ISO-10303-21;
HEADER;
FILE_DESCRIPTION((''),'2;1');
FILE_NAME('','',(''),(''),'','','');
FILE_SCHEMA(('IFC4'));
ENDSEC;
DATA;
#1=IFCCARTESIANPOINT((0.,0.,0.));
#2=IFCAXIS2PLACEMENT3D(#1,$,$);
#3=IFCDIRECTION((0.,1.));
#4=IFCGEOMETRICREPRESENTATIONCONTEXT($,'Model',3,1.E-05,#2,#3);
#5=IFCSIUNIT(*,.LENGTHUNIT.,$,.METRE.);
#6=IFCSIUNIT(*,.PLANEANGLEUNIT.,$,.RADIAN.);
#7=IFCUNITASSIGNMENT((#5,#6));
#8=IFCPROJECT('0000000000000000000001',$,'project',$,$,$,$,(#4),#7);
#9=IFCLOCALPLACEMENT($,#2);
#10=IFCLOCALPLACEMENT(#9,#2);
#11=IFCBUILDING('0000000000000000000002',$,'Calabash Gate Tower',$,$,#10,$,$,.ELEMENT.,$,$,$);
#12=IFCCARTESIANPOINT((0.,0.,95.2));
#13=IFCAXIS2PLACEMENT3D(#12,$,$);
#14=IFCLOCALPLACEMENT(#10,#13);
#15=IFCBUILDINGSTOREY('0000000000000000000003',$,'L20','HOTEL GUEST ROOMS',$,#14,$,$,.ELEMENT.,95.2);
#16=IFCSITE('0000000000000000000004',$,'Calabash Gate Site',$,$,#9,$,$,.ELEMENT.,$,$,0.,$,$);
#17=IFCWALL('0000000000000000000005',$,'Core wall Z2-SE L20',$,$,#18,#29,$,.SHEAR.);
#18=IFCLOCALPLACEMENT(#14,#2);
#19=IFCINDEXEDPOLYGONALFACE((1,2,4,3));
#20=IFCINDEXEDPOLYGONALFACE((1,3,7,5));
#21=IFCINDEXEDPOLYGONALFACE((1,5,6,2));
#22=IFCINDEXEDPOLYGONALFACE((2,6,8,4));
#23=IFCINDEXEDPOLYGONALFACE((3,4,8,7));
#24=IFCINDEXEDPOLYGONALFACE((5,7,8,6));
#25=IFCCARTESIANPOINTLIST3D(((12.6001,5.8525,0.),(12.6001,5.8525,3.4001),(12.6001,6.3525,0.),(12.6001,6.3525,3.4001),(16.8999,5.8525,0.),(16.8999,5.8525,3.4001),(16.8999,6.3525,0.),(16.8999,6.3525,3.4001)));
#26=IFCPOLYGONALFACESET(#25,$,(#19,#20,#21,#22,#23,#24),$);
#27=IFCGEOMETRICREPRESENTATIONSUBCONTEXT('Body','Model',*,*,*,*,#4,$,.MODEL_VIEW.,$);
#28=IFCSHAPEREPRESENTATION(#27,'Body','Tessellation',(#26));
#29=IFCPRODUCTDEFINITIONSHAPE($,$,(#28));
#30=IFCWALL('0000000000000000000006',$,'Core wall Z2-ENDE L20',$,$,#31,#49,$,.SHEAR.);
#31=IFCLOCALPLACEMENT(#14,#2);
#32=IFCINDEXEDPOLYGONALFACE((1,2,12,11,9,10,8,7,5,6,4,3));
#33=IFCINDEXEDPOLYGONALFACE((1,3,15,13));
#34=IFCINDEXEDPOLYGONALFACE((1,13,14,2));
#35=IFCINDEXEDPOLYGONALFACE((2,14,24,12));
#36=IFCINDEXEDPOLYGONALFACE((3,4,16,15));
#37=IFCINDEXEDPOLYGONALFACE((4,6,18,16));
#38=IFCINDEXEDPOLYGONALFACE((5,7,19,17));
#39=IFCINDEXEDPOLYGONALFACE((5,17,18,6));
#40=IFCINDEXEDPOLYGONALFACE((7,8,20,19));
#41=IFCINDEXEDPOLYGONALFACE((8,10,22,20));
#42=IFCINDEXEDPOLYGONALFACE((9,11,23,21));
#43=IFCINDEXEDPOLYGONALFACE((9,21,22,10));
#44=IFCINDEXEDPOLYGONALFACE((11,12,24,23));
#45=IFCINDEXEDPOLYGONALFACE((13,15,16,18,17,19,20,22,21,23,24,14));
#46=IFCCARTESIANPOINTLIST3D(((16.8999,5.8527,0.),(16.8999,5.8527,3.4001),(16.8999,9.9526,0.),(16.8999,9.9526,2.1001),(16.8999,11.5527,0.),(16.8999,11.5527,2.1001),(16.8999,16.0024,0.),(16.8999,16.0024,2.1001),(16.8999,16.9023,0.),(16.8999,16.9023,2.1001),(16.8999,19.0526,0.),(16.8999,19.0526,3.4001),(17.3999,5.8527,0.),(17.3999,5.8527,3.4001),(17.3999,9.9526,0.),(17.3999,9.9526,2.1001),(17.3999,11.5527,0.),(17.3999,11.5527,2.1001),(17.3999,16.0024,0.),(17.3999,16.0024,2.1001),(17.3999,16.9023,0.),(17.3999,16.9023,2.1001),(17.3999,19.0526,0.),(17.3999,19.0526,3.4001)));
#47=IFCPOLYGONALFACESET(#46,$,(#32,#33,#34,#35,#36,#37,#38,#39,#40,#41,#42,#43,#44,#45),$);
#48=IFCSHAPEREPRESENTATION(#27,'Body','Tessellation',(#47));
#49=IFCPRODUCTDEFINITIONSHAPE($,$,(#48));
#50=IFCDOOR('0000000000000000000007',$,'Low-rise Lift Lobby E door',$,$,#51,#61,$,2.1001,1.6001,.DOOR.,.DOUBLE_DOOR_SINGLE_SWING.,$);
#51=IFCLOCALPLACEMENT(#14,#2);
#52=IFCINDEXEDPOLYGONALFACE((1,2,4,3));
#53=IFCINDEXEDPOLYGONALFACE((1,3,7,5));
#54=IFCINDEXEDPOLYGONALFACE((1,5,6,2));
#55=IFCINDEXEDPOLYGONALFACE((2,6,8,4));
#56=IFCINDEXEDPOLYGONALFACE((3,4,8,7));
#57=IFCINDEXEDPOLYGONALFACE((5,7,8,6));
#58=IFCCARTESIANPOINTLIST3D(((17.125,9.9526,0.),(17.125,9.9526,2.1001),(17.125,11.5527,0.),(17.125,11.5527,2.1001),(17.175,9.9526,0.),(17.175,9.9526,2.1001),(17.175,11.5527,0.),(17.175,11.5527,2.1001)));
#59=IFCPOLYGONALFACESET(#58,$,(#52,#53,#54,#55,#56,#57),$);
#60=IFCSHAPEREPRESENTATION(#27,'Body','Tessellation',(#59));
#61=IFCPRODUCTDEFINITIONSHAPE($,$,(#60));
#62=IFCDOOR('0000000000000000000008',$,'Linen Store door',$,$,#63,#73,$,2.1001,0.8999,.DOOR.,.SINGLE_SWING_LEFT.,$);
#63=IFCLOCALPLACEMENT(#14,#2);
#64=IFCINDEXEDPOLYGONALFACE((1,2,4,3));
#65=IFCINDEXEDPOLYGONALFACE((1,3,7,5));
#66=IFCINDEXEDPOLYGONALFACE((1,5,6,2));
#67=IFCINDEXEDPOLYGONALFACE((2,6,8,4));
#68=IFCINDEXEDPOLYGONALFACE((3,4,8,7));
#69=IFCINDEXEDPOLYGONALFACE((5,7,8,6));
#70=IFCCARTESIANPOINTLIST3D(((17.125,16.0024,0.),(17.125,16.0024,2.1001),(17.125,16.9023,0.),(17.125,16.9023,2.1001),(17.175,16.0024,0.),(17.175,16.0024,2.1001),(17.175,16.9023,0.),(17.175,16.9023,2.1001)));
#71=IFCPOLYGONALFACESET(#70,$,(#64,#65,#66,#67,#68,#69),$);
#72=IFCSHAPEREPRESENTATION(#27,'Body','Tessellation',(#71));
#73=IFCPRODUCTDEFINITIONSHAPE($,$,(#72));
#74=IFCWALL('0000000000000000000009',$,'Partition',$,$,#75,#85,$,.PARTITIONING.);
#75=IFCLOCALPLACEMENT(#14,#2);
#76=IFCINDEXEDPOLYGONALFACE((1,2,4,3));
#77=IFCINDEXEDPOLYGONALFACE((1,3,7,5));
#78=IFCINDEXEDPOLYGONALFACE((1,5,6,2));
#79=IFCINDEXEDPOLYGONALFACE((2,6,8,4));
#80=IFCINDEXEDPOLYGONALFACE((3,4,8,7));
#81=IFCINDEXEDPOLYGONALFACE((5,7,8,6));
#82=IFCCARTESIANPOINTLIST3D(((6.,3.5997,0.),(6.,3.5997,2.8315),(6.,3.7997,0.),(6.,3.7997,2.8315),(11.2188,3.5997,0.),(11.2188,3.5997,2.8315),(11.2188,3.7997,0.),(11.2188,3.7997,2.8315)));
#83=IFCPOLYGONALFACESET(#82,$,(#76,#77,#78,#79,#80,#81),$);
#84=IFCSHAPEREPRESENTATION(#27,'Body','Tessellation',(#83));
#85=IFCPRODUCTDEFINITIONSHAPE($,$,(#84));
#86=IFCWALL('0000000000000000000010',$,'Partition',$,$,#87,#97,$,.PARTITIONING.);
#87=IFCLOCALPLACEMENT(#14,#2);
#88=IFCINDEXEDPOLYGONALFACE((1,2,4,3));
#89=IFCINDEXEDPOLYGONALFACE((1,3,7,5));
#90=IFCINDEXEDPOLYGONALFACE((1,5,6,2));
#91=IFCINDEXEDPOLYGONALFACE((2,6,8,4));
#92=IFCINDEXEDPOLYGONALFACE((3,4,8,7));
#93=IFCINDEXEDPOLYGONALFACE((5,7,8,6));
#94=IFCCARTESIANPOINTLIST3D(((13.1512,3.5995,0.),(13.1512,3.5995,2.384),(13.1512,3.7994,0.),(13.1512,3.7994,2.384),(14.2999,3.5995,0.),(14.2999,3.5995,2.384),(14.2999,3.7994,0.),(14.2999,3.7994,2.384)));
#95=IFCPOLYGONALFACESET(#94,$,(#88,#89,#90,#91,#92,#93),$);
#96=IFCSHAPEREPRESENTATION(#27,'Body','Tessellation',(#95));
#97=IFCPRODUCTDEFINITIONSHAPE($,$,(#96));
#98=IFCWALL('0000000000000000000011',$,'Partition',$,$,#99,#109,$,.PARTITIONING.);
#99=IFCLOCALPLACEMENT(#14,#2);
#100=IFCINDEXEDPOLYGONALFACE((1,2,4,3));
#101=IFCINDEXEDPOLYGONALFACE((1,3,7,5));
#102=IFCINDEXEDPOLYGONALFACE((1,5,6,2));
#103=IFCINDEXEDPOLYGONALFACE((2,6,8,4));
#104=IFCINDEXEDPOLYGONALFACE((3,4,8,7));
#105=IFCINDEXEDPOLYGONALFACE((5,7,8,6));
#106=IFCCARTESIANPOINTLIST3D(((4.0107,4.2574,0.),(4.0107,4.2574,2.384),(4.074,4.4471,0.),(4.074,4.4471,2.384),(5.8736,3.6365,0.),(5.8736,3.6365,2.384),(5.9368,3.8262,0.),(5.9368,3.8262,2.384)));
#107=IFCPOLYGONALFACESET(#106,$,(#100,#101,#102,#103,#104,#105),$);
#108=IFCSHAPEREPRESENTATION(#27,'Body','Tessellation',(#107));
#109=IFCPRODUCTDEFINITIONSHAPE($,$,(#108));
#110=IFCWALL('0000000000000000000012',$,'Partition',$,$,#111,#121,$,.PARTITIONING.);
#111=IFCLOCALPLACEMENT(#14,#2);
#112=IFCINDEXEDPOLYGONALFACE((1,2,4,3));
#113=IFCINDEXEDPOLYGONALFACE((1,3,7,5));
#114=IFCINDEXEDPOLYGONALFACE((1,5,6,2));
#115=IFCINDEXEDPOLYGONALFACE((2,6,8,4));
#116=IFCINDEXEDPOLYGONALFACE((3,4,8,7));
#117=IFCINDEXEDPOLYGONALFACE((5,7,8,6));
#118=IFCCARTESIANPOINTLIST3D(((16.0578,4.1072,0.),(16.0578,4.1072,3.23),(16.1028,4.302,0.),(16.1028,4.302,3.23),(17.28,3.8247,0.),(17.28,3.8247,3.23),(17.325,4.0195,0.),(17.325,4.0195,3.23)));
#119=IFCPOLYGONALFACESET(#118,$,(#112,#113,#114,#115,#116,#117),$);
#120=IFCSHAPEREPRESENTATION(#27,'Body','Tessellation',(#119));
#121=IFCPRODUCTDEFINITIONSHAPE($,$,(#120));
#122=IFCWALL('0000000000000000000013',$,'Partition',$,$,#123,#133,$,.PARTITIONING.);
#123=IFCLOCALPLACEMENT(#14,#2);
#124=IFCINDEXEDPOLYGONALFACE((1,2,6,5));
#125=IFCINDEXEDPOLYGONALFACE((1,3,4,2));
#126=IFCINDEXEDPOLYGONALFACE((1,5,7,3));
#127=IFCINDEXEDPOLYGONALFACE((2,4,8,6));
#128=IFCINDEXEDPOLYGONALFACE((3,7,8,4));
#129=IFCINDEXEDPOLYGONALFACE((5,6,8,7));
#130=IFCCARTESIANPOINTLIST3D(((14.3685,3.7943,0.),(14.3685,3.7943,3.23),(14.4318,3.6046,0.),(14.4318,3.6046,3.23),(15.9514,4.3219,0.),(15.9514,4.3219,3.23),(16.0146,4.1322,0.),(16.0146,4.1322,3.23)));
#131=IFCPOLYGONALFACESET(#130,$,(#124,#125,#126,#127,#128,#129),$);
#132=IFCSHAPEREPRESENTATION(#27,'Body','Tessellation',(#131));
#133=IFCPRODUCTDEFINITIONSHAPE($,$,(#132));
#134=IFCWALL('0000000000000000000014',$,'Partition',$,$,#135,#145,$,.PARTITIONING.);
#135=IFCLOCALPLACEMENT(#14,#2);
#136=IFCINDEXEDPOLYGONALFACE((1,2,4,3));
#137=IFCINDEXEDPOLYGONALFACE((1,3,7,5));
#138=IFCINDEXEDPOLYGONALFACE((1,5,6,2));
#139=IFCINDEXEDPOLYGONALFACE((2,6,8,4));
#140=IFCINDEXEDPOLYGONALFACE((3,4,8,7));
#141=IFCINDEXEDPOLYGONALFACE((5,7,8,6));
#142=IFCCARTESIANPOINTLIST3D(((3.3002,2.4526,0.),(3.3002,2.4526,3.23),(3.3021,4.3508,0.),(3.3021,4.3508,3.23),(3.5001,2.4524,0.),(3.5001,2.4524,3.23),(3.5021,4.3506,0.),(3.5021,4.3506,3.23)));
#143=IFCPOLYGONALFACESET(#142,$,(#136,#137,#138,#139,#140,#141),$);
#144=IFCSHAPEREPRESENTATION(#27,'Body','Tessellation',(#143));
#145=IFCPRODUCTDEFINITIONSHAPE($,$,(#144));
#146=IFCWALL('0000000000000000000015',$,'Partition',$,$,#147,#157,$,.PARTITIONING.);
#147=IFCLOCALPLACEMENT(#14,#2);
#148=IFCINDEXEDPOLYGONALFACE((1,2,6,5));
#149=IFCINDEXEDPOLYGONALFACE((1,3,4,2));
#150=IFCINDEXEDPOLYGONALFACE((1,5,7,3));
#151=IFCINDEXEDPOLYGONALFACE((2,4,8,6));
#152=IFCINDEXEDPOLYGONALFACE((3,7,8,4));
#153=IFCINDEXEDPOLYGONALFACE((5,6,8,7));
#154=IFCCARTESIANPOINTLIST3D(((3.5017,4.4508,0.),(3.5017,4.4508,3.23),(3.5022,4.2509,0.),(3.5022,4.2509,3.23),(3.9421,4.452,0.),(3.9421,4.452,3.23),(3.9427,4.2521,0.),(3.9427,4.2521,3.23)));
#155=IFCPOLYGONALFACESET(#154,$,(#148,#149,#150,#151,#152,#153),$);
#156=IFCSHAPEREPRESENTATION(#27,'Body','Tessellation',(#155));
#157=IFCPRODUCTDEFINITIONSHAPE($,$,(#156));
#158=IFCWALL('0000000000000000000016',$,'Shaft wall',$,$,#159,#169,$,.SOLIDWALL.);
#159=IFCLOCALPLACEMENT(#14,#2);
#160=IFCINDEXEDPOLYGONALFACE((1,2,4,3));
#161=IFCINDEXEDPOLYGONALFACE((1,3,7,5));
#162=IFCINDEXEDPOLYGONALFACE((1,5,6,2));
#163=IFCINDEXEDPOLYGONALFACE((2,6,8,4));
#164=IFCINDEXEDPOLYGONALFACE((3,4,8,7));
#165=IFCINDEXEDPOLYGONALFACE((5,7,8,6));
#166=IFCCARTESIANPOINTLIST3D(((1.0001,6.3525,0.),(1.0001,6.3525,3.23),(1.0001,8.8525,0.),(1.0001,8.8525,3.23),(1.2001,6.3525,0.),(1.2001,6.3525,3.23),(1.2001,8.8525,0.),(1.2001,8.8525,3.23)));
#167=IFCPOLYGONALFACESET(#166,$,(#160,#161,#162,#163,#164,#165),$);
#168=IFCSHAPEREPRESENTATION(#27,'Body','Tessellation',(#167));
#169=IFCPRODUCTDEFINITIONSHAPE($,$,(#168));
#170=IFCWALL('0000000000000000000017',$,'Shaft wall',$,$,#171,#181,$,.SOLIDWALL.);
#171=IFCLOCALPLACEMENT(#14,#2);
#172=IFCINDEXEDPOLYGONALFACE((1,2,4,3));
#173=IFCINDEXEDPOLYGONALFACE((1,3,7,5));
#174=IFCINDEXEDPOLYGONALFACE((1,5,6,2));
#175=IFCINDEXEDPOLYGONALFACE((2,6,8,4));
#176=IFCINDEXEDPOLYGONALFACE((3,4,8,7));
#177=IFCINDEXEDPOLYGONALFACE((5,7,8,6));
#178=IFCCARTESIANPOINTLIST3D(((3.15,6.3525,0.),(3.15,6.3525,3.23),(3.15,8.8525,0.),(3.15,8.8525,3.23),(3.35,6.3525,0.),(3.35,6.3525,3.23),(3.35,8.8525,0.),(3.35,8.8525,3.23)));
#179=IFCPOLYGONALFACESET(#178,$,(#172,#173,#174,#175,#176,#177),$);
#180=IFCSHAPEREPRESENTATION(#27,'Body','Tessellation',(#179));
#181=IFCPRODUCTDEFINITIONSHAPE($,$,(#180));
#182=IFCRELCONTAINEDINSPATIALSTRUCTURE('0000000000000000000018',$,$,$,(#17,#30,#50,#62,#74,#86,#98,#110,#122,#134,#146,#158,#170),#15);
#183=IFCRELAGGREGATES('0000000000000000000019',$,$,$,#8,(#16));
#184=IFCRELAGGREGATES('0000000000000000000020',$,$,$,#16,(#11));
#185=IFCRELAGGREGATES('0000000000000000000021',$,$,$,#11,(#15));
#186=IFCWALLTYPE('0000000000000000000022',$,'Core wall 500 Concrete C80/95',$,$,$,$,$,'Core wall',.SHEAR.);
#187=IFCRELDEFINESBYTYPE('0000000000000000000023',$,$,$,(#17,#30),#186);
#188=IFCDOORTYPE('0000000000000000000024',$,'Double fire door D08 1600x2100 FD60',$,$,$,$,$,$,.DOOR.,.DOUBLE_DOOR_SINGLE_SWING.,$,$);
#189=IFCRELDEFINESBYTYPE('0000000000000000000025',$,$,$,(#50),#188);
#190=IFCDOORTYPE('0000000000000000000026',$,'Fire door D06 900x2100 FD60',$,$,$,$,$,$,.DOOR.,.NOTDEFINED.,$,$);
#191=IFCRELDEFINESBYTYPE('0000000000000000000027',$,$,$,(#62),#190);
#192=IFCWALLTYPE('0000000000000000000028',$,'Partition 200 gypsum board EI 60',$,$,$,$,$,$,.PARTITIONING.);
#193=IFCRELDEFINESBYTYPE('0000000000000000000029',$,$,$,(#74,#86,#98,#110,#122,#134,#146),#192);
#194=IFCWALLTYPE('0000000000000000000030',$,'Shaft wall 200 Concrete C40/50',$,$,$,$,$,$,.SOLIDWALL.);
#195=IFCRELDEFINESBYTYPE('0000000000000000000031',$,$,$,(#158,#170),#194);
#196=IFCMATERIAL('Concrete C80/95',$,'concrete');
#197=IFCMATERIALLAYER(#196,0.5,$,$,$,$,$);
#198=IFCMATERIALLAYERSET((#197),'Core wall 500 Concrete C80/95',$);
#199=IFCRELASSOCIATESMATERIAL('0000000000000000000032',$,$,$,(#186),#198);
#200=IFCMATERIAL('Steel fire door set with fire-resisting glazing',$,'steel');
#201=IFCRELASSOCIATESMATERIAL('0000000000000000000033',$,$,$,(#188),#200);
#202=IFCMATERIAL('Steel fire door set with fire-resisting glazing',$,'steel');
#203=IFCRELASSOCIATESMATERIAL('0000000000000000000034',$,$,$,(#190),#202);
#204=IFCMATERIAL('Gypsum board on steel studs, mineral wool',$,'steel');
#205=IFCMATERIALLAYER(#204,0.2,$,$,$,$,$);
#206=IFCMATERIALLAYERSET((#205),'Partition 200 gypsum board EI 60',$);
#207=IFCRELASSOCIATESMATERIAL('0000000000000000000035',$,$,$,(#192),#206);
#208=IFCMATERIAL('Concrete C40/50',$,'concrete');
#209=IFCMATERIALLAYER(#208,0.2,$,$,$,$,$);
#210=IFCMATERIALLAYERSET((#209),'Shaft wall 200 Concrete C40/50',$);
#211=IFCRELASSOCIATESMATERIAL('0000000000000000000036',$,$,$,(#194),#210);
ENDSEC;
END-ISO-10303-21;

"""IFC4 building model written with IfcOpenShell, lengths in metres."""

from ifc_helpers import new_model, si_unit, direction, frame, frame_2d, origin, place, context, subcontext, project, spatial, rectangle, extrude, material, layer, layer_set, type_object, element, fill, save


model = new_model("IFC4")

# Units and contexts
model_context = context("Model", 3, precision=1e-05, world=origin(), true_north=direction((0.0, 1.0)))
body_context = subcontext(model_context, "Body", "Model", "MODEL_VIEW")
ifc_project = project(units=[si_unit("LENGTHUNIT", "METRE"), si_unit("PLANEANGLEUNIT", "RADIAN")], contexts=[model_context])

# Site, building, storey
site_placement = place(None, origin())
site = spatial("IfcSite", under=ifc_project, at=site_placement, Name="Calabash Gate Site", CompositionType="ELEMENT", RefElevation=0.0)
building_placement = place(site_placement, origin())
building = spatial("IfcBuilding", under=site, at=building_placement, Name="Calabash Gate Tower", CompositionType="ELEMENT")
storey_placement = place(building_placement, frame((0.0, 0.0, 95.2)))
storey = spatial("IfcBuildingStorey", under=building, at=storey_placement, Name="L20", Description="HOTEL GUEST ROOMS", CompositionType="ELEMENT", Elevation=95.2)

# Shared definitions
ifc_material_1 = material(Name="Concrete C80/95", Category="concrete")
ifc_layer_1 = layer(ifc_material_1, 0.5)
ifc_layer_set_1 = layer_set([ifc_layer_1], Name="Core wall 500 Concrete C80/95")
wall_type_1 = type_object("IfcWallType", Name="Core wall 500 Concrete C80/95", ElementType="Core wall", PredefinedType="SHEAR", material=ifc_layer_set_1)

# Wall
wall_1_placement = place(storey_placement, frame((12.6001, 6.1025, 0.0), z_axis=(0.0, 0.0, 1.0), x_axis=(1.0, 0.0, 0.0)))
element("IfcWall", 1, at=wall_1_placement, inside=storey, type_object=wall_type_1, Name="Core wall Z2-SE L20", PredefinedType="SHEAR", context=body_context, shape_type="SweptSolid", body=[
    extrude(rectangle(XDim=4.2998, YDim=0.5, at=frame_2d((2.1499, 0.0))), origin(), (0.0, 0.0, 1.0), 3.4001),
])

# Wall, openings, doors
wall_2_placement = place(storey_placement, frame((17.1499, 5.8525, 0.0), z_axis=(0.0, 0.0, 1.0), x_axis=(0.0, 1.0, 0.0)))
wall_2 = element("IfcWall", 2, at=wall_2_placement, inside=storey, type_object=wall_type_1, Name="Core wall Z2-ENDE L20", PredefinedType="SHEAR", context=body_context, shape_type="SweptSolid", body=[
    extrude(rectangle(XDim=13.2, YDim=0.5, at=frame_2d((6.6001, 0.0))), origin(), (0.0, 0.0, 1.0), 3.4001),
])
opening_1_placement = place(wall_2_placement, frame((4.1001, 0.0, 0.0)))
opening_1 = element("IfcOpeningElement", 3, at=opening_1_placement, cuts=wall_2, PredefinedType="OPENING", context=body_context, shape_type="SweptSolid", body=[
    extrude(rectangle(XDim=1.6001, YDim=2.1001, at=frame_2d((0.8, 1.05))), frame((0.0, 0.26, 0.0), z_axis=(0.0, -1.0, 0.0), x_axis=(1.0, 0.0, 0.0)), (0.0, 0.0, 1.0), 0.52),
])
opening_2_placement = place(wall_2_placement, frame((10.1499, 0.0, 0.0)))
opening_2 = element("IfcOpeningElement", 4, at=opening_2_placement, cuts=wall_2, PredefinedType="OPENING", context=body_context, shape_type="SweptSolid", body=[
    extrude(rectangle(XDim=0.8999, YDim=2.1001, at=frame_2d((0.45, 1.05))), frame((0.0, 0.26, 0.0), z_axis=(0.0, -1.0, 0.0), x_axis=(1.0, 0.0, 0.0)), (0.0, 0.0, 1.0), 0.52),
])
ifc_material_2 = material(Name="Steel fire door set with fire-resisting glazing", Category="steel")
door_type_1 = type_object("IfcDoorType", Name="Double fire door D08 1600x2100 FD60", OperationType="DOUBLE_DOOR_SINGLE_SWING", PredefinedType="DOOR", material=ifc_material_2)
door_1_placement = place(opening_1_placement, origin())
door_1 = element("IfcDoor", 5, at=door_1_placement, inside=storey, type_object=door_type_1, Name="Low-rise Lift Lobby E door", OperationType="DOUBLE_DOOR_SINGLE_SWING", OverallHeight=2.1001, OverallWidth=1.6001, PredefinedType="DOOR", context=body_context, shape_type="SweptSolid", body=[
    extrude(rectangle(XDim=1.6001, YDim=2.1001, at=frame_2d((0.8, 1.05))), frame((0.0, 0.0249, 0.0), z_axis=(0.0, -1.0, 0.0), x_axis=(1.0, 0.0, 0.0)), (0.0, 0.0, 1.0), 0.05),
])
fill(opening_1, door_1)
ifc_material_3 = material(Name="Steel fire door set with fire-resisting glazing", Category="steel")
door_type_2 = type_object("IfcDoorType", Name="Fire door D06 900x2100 FD60", OperationType="NOTDEFINED", PredefinedType="DOOR", material=ifc_material_3)
door_2_placement = place(opening_2_placement, origin())
door_2 = element("IfcDoor", 6, at=door_2_placement, inside=storey, type_object=door_type_2, Name="Linen Store door", OperationType="SINGLE_SWING_LEFT", OverallHeight=2.1001, OverallWidth=0.8999, PredefinedType="DOOR", context=body_context, shape_type="SweptSolid", body=[
    extrude(rectangle(XDim=0.8999, YDim=2.1001, at=frame_2d((0.45, 1.05))), frame((0.0, 0.0249, 0.0), z_axis=(0.0, -1.0, 0.0), x_axis=(1.0, 0.0, 0.0)), (0.0, 0.0, 1.0), 0.05),
])
fill(opening_2, door_2)

# Walls
ifc_material_4 = material(Name="Gypsum board on steel studs, mineral wool", Category="steel")
ifc_layer_2 = layer(ifc_material_4, 0.2)
ifc_layer_set_2 = layer_set([ifc_layer_2], Name="Partition 200 gypsum board EI 60")
wall_type_2 = type_object("IfcWallType", Name="Partition 200 gypsum board EI 60", PredefinedType="PARTITIONING", material=ifc_layer_set_2)
wall_3_placement = place(storey_placement, frame((6.0, 3.6997, 0.0), z_axis=(0.0, 0.0, 1.0), x_axis=(1.0, 0.0, 0.0)))
element("IfcWall", 7, at=wall_3_placement, inside=storey, type_object=wall_type_2, Name="Partition", PredefinedType="PARTITIONING", context=body_context, shape_type="SweptSolid", body=[
    extrude(rectangle(XDim=5.2188, YDim=0.2, at=frame_2d((2.6094, 0.0))), origin(), (0.0, 0.0, 1.0), 2.8315),
])
wall_4_placement = place(storey_placement, frame((13.1514, 3.6995, 0.0), z_axis=(0.0, 0.0, 1.0), x_axis=(1.0, 0.0, 0.0)))
element("IfcWall", 8, at=wall_4_placement, inside=storey, type_object=wall_type_2, Name="Partition", PredefinedType="PARTITIONING", context=body_context, shape_type="SweptSolid", body=[
    extrude(rectangle(XDim=1.1487, YDim=0.2, at=frame_2d((0.5742, 0.0))), origin(), (0.0, 0.0, 1.0), 2.384),
])
wall_5_placement = place(storey_placement, frame((4.0422, 4.3523, 0.0), z_axis=(0.0, 0.0, 1.0), x_axis=(0.948696, -0.31619, 0.0)))
element("IfcWall", 9, at=wall_5_placement, inside=storey, type_object=wall_type_2, Name="Partition", PredefinedType="PARTITIONING", context=body_context, shape_type="SweptSolid", body=[
    extrude(rectangle(XDim=1.9636, YDim=0.2, at=frame_2d((0.9819, 0.0))), origin(), (0.0, 0.0, 1.0), 2.384),
])
wall_6_placement = place(storey_placement, frame((16.0803, 4.2046, 0.0), z_axis=(0.0, 0.0, 1.0), x_axis=(0.974316, -0.225186, 0.0)))
element("IfcWall", 10, at=wall_6_placement, inside=storey, type_object=wall_type_2, Name="Partition", PredefinedType="PARTITIONING", context=body_context, shape_type="SweptSolid", body=[
    extrude(rectangle(XDim=1.2544, YDim=0.2, at=frame_2d((0.6272, 0.0))), origin(), (0.0, 0.0, 1.0), 3.23),
])
wall_7_placement = place(storey_placement, frame((14.4001, 3.6995, 0.0), z_axis=(0.0, 0.0, 1.0), x_axis=(0.948683, 0.316228, 0.0)))
element("IfcWall", 11, at=wall_7_placement, inside=storey, type_object=wall_type_2, Name="Partition", PredefinedType="PARTITIONING", context=body_context, shape_type="SweptSolid", body=[
    extrude(rectangle(XDim=1.6685, YDim=0.2, at=frame_2d((0.8342, 0.0))), origin(), (0.0, 0.0, 1.0), 3.23),
])
wall_8_placement = place(storey_placement, frame((3.4001, 2.4524, 0.0), z_axis=(0.0, 0.0, 1.0), x_axis=(0.001029, 0.999999, 0.0)))
element("IfcWall", 12, at=wall_8_placement, inside=storey, type_object=wall_type_2, Name="Partition", PredefinedType="PARTITIONING", context=body_context, shape_type="SweptSolid", body=[
    extrude(rectangle(XDim=1.8982, YDim=0.2, at=frame_2d((0.9492, 0.0))), origin(), (0.0, 0.0, 1.0), 3.23),
])
wall_9_placement = place(storey_placement, frame((3.502, 4.3508, 0.0), z_axis=(0.0, 0.0, 1.0), x_axis=(0.999996, 0.002772, 0.0)))
element("IfcWall", 13, at=wall_9_placement, inside=storey, type_object=wall_type_2, Name="Partition", PredefinedType="PARTITIONING", context=body_context, shape_type="SweptSolid", body=[
    extrude(rectangle(XDim=0.4404, YDim=0.2, at=frame_2d((0.2202, 0.0))), origin(), (0.0, 0.0, 1.0), 3.23),
])
ifc_material_5 = material(Name="Concrete C40/50", Category="concrete")
ifc_layer_3 = layer(ifc_material_5, 0.2)
ifc_layer_set_3 = layer_set([ifc_layer_3], Name="Shaft wall 200 Concrete C40/50")
wall_type_3 = type_object("IfcWallType", Name="Shaft wall 200 Concrete C40/50", PredefinedType="SOLIDWALL", material=ifc_layer_set_3)
for number, where, z_axis, x_axis, name in (
    (14, (1.1001, 6.3525, 0.0), (0.0, 0.0, 1.0), (0.0, 1.0, 0.0), "Shaft wall"),
    (15, (3.25, 6.3525, 0.0), (0.0, 0.0, 1.0), (0.0, 1.0, 0.0), "Shaft wall"),
):
    element("IfcWall", number, at=place(storey_placement, frame(where, z_axis=z_axis, x_axis=x_axis)), inside=storey, type_object=wall_type_3, Name=name, PredefinedType="SOLIDWALL", context=body_context, shape_type="SweptSolid", body=[
        extrude(rectangle(XDim=2.5, YDim=0.2, at=frame_2d((1.25, 0.0))), origin(), (0.0, 0.0, 1.0), 3.23),
    ])

save(model, "model.ifc")
